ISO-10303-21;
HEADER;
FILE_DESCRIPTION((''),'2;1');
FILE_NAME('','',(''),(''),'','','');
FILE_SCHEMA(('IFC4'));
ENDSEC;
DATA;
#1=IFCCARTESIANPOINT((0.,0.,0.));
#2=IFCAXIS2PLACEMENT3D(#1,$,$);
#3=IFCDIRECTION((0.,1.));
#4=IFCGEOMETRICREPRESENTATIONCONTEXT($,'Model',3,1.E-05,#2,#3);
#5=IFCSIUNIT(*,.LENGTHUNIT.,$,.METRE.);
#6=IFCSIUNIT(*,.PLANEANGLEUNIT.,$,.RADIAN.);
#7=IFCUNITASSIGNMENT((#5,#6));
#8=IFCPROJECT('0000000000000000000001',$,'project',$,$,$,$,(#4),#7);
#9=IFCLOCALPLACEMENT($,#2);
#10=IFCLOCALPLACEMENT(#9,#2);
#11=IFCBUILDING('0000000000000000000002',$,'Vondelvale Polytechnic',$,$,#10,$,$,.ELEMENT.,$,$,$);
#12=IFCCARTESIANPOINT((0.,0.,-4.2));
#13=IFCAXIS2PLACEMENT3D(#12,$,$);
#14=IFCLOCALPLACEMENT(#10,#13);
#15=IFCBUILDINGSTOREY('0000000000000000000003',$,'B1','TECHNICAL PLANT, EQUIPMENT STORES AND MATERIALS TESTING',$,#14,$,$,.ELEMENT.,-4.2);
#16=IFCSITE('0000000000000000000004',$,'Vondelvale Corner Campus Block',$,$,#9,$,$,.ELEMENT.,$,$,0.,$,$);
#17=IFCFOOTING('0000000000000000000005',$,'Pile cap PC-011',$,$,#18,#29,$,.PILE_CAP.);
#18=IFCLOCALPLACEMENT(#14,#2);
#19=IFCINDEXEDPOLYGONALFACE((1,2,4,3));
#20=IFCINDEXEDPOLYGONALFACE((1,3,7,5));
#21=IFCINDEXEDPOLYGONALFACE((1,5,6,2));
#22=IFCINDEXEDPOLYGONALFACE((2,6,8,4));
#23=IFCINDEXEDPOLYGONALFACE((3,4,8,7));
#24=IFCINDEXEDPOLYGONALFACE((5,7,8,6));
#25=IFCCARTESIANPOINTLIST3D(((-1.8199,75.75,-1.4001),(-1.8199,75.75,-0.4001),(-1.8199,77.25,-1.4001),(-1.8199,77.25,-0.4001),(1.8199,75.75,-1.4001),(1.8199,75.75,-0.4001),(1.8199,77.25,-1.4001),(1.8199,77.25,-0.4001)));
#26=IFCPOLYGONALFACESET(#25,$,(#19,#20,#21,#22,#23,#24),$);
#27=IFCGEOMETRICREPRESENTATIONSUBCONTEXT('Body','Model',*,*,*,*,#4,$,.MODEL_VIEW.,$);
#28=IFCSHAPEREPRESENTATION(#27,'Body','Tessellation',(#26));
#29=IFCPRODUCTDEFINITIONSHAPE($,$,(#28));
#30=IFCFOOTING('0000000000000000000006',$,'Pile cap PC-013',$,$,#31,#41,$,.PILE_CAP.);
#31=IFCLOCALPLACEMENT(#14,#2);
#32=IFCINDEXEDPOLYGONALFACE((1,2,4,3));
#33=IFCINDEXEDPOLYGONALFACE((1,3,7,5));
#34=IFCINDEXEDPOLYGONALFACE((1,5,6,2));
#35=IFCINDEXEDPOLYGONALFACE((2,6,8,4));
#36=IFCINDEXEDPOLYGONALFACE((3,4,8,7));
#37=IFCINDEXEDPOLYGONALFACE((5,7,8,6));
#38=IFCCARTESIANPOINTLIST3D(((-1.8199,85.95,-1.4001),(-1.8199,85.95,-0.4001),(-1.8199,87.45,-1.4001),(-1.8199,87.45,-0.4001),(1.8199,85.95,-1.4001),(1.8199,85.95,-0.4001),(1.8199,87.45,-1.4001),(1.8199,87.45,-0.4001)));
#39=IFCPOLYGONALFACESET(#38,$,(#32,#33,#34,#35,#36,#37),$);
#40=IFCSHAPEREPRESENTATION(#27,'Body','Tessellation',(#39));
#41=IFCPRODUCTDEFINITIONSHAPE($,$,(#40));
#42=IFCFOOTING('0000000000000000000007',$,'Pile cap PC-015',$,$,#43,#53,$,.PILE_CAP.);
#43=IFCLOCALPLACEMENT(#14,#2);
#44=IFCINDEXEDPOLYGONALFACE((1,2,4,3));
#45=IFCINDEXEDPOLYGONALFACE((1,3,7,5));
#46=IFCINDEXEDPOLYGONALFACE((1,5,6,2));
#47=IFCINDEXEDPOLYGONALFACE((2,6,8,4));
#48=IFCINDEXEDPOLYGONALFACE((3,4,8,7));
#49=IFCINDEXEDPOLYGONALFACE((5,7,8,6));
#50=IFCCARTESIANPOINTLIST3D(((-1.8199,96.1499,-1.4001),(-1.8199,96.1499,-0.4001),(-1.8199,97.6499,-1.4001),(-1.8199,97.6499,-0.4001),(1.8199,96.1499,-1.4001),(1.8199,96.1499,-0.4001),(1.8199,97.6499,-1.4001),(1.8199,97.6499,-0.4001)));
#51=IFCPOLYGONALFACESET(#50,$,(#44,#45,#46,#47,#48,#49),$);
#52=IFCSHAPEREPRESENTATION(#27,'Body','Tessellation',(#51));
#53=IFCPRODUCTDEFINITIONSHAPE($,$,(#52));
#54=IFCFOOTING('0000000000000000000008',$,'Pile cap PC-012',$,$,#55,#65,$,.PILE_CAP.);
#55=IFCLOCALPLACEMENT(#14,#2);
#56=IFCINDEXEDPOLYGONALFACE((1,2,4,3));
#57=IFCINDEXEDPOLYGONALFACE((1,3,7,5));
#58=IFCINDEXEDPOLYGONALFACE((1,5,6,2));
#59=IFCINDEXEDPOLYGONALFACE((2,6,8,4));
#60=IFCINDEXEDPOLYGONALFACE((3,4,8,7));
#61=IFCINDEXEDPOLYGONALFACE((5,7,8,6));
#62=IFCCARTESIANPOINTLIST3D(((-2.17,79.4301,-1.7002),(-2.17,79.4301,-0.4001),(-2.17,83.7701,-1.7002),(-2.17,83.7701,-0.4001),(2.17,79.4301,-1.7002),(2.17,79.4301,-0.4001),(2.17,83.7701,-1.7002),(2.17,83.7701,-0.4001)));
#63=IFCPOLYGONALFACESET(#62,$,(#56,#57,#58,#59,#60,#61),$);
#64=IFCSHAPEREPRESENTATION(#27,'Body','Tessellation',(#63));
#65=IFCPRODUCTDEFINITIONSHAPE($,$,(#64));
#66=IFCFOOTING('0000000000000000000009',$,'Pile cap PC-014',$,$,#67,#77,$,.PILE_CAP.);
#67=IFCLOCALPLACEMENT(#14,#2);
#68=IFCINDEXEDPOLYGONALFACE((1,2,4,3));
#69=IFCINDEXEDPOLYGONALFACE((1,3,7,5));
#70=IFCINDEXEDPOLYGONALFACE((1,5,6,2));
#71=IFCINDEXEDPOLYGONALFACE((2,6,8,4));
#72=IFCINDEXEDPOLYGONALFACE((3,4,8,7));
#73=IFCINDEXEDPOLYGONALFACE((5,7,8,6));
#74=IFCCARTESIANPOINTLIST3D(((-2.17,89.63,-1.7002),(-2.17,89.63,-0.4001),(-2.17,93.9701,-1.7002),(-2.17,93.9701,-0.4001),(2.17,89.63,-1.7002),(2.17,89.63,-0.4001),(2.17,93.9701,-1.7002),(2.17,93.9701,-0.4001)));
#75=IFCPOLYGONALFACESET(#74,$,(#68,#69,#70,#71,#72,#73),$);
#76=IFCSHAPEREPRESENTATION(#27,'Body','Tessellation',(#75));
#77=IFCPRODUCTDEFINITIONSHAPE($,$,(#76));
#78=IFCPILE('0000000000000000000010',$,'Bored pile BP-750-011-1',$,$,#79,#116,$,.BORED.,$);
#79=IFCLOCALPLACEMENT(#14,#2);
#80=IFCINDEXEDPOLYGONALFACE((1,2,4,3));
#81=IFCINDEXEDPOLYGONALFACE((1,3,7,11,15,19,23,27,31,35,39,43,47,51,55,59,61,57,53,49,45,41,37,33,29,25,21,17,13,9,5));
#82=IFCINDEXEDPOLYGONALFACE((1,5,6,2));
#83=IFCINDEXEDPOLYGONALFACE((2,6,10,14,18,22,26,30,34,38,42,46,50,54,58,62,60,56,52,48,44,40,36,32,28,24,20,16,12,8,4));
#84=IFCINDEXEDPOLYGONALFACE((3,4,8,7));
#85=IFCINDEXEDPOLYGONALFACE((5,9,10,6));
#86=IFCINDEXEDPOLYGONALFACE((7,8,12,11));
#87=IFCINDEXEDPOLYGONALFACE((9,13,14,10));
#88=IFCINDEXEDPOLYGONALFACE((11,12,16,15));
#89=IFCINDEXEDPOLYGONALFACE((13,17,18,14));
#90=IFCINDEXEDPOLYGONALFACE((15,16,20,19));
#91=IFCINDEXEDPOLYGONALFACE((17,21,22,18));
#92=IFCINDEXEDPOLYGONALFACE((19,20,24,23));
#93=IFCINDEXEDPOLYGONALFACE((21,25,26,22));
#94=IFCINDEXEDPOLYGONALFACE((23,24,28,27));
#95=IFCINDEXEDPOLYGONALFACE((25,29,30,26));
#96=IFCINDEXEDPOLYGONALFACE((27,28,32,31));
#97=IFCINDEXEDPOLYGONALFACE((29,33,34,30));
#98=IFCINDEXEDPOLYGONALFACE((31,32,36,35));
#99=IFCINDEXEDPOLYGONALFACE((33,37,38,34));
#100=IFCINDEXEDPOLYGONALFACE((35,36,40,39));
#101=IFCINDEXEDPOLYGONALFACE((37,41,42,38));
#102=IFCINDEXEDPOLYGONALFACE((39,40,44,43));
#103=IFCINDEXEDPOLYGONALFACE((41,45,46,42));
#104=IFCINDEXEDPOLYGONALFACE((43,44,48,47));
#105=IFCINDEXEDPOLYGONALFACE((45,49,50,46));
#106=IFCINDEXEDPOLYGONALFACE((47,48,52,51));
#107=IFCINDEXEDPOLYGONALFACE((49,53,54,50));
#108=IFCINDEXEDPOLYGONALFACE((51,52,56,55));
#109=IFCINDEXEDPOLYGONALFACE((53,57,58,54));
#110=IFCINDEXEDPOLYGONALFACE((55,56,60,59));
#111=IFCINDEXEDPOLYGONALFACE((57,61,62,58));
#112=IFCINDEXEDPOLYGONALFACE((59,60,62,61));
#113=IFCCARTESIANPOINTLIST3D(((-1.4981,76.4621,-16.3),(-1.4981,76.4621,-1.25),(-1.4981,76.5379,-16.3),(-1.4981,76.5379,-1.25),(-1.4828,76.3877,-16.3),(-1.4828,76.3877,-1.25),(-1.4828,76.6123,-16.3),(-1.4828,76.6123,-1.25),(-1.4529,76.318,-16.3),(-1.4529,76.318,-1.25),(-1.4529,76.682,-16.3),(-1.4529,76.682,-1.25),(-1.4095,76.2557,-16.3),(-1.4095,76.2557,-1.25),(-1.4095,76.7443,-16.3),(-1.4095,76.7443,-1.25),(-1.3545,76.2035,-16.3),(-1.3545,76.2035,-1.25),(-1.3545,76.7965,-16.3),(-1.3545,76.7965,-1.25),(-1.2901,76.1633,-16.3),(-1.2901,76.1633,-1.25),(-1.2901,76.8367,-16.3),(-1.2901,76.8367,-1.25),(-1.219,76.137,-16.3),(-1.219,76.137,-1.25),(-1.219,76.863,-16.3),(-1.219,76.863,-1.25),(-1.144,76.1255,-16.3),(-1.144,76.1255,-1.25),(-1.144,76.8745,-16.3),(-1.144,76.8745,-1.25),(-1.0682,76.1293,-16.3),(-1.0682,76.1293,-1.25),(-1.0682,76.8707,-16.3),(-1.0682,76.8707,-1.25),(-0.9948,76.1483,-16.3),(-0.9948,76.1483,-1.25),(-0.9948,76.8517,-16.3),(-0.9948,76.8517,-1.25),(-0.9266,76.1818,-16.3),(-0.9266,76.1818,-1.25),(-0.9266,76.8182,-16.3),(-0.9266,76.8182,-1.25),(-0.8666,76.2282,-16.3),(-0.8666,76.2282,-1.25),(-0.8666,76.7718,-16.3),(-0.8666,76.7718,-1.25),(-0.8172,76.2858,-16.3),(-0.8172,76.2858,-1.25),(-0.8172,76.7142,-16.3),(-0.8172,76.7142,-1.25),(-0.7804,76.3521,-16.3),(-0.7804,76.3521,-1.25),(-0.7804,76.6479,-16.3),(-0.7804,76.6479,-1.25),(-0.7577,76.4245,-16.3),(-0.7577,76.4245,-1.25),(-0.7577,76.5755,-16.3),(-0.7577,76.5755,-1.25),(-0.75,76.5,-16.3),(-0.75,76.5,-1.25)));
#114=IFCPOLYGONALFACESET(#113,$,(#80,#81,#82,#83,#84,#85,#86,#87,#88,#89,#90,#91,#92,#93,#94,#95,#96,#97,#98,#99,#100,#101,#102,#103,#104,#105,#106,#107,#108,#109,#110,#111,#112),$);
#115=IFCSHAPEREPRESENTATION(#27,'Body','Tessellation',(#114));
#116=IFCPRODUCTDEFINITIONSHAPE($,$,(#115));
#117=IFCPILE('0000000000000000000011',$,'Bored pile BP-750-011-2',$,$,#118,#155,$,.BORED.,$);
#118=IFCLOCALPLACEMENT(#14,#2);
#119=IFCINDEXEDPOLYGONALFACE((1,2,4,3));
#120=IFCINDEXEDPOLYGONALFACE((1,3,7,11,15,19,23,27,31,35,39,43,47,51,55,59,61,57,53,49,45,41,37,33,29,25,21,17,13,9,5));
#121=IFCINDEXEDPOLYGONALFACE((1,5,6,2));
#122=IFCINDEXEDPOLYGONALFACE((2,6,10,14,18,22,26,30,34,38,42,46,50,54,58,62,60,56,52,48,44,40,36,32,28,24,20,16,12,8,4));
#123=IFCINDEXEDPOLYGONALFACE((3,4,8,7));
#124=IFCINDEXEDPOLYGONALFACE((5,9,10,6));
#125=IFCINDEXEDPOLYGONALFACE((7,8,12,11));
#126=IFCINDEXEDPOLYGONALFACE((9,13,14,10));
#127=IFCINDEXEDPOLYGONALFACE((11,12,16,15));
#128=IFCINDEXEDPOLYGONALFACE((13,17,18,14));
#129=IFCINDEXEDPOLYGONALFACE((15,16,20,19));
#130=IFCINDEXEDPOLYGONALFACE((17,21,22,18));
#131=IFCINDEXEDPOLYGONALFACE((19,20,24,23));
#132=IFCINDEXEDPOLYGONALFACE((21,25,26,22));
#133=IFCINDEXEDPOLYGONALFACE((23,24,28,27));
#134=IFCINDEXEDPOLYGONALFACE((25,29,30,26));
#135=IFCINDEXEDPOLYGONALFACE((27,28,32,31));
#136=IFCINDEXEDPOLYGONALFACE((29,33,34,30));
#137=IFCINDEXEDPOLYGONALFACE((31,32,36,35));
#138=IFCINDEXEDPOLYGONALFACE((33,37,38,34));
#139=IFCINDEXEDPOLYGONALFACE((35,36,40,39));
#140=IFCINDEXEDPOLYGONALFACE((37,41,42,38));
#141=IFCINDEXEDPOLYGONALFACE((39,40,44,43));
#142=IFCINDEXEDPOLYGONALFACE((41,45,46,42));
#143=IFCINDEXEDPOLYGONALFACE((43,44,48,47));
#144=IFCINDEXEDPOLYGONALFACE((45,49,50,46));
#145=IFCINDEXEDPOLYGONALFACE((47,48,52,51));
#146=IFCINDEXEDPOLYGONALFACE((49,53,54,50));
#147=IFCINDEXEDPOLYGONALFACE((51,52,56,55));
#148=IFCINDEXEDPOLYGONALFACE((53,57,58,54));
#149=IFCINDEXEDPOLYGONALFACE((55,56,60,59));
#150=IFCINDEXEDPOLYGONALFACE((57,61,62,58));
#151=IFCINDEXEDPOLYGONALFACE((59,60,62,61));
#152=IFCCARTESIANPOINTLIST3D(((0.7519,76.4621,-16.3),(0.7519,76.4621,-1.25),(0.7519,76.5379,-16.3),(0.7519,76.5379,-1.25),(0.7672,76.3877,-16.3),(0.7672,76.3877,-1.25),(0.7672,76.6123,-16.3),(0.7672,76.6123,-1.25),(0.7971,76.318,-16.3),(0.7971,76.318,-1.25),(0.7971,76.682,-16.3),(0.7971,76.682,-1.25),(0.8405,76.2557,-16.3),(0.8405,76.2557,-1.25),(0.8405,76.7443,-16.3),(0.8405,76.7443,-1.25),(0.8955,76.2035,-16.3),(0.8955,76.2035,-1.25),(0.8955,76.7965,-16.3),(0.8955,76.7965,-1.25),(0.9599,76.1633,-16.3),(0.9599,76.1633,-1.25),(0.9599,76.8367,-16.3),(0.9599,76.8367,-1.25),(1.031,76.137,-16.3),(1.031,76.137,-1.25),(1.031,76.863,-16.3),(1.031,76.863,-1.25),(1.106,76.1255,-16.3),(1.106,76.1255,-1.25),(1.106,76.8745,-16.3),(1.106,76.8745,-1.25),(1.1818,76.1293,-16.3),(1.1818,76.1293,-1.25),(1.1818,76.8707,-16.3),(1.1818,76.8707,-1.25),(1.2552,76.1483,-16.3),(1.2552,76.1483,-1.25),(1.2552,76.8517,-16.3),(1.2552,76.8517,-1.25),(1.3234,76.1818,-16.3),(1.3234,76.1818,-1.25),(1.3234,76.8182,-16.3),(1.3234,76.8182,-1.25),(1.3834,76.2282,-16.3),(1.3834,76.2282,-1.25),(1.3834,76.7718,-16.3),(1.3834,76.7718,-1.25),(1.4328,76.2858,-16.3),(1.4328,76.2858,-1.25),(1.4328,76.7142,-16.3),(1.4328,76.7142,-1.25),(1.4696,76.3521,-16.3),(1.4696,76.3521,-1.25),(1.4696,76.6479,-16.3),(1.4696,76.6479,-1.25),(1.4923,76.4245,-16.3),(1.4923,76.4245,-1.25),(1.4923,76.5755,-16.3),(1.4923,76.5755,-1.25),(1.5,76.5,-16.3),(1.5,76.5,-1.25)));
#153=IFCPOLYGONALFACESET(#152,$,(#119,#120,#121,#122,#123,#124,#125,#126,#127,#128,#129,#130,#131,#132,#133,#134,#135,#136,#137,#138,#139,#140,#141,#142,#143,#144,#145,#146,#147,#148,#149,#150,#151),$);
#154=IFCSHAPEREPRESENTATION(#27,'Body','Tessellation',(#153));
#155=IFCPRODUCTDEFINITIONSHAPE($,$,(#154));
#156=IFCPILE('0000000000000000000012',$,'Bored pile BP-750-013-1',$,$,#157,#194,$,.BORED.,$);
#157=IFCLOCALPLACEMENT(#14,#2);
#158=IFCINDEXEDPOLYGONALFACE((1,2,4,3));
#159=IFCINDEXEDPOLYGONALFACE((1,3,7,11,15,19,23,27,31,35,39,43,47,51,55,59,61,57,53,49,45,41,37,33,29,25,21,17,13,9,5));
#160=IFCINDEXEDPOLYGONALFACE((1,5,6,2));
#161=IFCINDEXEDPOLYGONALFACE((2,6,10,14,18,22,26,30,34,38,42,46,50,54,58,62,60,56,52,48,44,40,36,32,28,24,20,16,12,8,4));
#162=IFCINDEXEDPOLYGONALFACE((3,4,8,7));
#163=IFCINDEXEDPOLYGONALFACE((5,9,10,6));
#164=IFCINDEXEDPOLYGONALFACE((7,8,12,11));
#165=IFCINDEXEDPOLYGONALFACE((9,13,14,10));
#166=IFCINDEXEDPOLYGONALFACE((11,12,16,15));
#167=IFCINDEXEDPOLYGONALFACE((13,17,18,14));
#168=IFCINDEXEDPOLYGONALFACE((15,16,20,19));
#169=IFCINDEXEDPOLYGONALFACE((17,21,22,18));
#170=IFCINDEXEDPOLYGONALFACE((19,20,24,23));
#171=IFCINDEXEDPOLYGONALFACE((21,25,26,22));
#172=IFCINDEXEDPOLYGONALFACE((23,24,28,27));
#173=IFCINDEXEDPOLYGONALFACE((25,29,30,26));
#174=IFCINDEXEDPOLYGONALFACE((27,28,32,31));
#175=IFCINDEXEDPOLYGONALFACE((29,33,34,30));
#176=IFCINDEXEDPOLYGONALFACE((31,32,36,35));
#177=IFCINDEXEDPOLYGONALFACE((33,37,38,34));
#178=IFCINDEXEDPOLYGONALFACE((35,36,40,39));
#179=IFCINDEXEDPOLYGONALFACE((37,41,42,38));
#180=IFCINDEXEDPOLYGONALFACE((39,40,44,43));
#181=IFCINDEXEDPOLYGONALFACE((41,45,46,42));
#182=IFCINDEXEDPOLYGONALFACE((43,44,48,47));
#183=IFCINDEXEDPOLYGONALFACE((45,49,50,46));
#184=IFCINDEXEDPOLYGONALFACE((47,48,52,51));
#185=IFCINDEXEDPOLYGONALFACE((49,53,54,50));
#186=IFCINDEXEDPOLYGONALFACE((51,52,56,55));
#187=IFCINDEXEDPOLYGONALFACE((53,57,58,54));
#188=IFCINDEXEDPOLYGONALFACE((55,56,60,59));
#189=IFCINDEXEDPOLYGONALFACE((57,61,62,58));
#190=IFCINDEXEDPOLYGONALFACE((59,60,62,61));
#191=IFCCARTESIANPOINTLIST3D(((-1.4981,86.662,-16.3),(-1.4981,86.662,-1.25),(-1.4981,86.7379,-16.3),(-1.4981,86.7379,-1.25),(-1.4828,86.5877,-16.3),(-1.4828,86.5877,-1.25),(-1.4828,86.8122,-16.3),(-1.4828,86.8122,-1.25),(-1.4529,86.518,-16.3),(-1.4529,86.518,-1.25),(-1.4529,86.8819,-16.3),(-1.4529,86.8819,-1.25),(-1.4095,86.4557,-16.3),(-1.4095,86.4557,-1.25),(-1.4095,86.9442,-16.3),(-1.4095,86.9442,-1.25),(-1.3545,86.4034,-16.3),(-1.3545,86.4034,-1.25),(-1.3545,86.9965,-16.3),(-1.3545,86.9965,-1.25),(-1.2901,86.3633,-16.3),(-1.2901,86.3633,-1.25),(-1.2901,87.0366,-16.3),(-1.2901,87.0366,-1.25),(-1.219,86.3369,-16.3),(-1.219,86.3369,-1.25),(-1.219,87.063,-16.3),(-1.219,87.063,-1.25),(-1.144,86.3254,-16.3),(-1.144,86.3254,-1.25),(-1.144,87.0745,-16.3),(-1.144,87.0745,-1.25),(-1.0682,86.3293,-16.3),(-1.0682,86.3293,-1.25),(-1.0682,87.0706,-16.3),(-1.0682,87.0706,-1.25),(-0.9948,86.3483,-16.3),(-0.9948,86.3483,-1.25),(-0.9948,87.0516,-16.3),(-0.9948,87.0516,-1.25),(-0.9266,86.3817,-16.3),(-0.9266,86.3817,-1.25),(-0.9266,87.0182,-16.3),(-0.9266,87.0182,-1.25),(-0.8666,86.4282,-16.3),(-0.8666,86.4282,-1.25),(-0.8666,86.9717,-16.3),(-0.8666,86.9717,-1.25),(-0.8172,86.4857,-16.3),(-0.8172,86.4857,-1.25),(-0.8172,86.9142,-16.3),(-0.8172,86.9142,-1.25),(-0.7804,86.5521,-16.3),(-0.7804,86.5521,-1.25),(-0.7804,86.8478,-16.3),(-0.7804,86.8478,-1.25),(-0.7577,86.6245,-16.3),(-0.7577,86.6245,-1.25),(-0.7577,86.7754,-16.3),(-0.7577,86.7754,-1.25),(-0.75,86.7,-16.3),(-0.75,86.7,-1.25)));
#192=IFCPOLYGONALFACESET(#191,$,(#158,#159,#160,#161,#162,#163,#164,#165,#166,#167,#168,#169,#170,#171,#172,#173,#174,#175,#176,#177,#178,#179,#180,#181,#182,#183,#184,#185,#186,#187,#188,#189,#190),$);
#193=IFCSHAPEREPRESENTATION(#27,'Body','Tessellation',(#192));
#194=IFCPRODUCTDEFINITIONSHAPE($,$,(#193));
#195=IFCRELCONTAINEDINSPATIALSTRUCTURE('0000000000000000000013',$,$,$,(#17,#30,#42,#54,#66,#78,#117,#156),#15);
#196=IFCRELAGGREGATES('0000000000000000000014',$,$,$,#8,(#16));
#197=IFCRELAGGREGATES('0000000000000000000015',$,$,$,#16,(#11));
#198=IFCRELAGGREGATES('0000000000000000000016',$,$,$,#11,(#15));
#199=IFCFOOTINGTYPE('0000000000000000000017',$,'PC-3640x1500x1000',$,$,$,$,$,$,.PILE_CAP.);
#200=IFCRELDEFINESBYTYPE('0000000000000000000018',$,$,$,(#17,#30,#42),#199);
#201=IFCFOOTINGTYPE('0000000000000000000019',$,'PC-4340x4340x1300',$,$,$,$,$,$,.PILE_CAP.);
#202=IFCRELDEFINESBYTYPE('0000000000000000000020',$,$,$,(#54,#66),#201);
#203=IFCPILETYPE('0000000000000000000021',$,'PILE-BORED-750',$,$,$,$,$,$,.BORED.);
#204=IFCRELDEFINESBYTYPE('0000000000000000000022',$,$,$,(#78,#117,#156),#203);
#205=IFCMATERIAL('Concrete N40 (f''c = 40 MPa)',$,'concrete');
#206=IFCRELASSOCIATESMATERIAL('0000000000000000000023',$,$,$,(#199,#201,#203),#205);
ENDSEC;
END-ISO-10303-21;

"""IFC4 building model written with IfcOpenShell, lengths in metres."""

from ifc_helpers import new_model, si_unit, direction, frame, origin, origin_2d, place, context, subcontext, project, spatial, rectangle, circle, extrude, material, material_profile, profile_set, type_object, element, save


model = new_model("IFC4")

# Units and contexts
model_context = context("Model", 3, precision=1e-05, world=origin(), true_north=direction((0.0, 1.0)))
body_context = subcontext(model_context, "Body", "Model", "MODEL_VIEW")
ifc_project = project(units=[si_unit("LENGTHUNIT", "METRE"), si_unit("PLANEANGLEUNIT", "RADIAN")], contexts=[model_context])

# Site, building, storey
site_placement = place(None, origin())
site = spatial("IfcSite", under=ifc_project, at=site_placement, Name="Vondelvale Corner Campus Block", CompositionType="ELEMENT", RefElevation=0.0)
building_placement = place(site_placement, origin())
building = spatial("IfcBuilding", under=site, at=building_placement, Name="Vondelvale Polytechnic", CompositionType="ELEMENT")
storey_placement = place(building_placement, frame((0.0, 0.0, -4.2)))
storey = spatial("IfcBuildingStorey", under=building, at=storey_placement, Name="B1", Description="TECHNICAL PLANT, EQUIPMENT STORES AND MATERIALS TESTING", CompositionType="ELEMENT", Elevation=-4.2)

# Footings
ifc_material_1 = material(Name="Concrete N40 (f'c = 40 MPa)", Category="concrete")
footing_type_1 = type_object("IfcFootingType", Name="PC-3640x1500x1000", PredefinedType="PILE_CAP", material=ifc_material_1)
for number, where, z_axis, x_axis, name in (
    (1, (0.0, 76.5, -1.4001), (0.0, 0.0, 1.0), (1.0, 0.0, 0.0), "Pile cap PC-011"),
    (2, (0.0, 86.7, -1.4001), (0.0, 0.0, 1.0), (1.0, 0.0, 0.0), "Pile cap PC-013"),
    (3, (0.0, 96.8999, -1.4001), (0.0, 0.0, 1.0), (1.0, 0.0, 0.0), "Pile cap PC-015"),
):
    element("IfcFooting", number, at=place(storey_placement, frame(where, z_axis=z_axis, x_axis=x_axis)), inside=storey, type_object=footing_type_1, Name=name, PredefinedType="PILE_CAP", context=body_context, shape_type="SweptSolid", body=[
        extrude(rectangle(XDim=3.6399, YDim=1.5, at=origin_2d()), origin(), (0.0, 0.0, 1.0), 1.0),
    ])
footing_type_2 = type_object("IfcFootingType", Name="PC-4340x4340x1300", PredefinedType="PILE_CAP", material=ifc_material_1)
for number, where, z_axis, x_axis, name in (
    (4, (0.0, 81.6001, -1.7002), (0.0, 0.0, 1.0), (1.0, 0.0, 0.0), "Pile cap PC-012"),
    (5, (0.0, 91.8, -1.7002), (0.0, 0.0, 1.0), (1.0, 0.0, 0.0), "Pile cap PC-014"),
):
    element("IfcFooting", number, at=place(storey_placement, frame(where, z_axis=z_axis, x_axis=x_axis)), inside=storey, type_object=footing_type_2, Name=name, PredefinedType="PILE_CAP", context=body_context, shape_type="SweptSolid", body=[
        extrude(rectangle(XDim=4.3401, YDim=4.3401, at=origin_2d()), origin(), (0.0, 0.0, 1.0), 1.3),
    ])

# Piles
ifc_material_profile_1 = material_profile(ifc_material_1, circle(Radius=0.375, at=origin_2d()), Name="PILE-D750")
ifc_profile_set_1 = profile_set([ifc_material_profile_1], Name="Concrete N40 (f'c = 40 MPa)")
pile_type_1 = type_object("IfcPileType", Name="PILE-BORED-750", PredefinedType="BORED", material=ifc_profile_set_1)
for number, where, z_axis, x_axis, name in (
    (6, (-1.125, 76.5, -1.25), (0.0, 0.0, -1.0), (1.0, 0.0, 0.0), "Bored pile BP-750-011-1"),
    (7, (1.125, 76.5, -1.25), (0.0, 0.0, -1.0), (1.0, 0.0, 0.0), "Bored pile BP-750-011-2"),
    (8, (-1.125, 86.7, -1.25), (0.0, 0.0, -1.0), (1.0, 0.0, 0.0), "Bored pile BP-750-013-1"),
):
    element("IfcPile", number, at=place(storey_placement, frame(where, z_axis=z_axis, x_axis=x_axis)), inside=storey, type_object=pile_type_1, Name=name, PredefinedType="BORED", context=body_context, shape_type="SweptSolid", body=[
        extrude(circle(Radius=0.375, at=origin_2d()), origin(), (0.0, 0.0, 1.0), 15.05),
    ])

save(model, "model.ifc")
